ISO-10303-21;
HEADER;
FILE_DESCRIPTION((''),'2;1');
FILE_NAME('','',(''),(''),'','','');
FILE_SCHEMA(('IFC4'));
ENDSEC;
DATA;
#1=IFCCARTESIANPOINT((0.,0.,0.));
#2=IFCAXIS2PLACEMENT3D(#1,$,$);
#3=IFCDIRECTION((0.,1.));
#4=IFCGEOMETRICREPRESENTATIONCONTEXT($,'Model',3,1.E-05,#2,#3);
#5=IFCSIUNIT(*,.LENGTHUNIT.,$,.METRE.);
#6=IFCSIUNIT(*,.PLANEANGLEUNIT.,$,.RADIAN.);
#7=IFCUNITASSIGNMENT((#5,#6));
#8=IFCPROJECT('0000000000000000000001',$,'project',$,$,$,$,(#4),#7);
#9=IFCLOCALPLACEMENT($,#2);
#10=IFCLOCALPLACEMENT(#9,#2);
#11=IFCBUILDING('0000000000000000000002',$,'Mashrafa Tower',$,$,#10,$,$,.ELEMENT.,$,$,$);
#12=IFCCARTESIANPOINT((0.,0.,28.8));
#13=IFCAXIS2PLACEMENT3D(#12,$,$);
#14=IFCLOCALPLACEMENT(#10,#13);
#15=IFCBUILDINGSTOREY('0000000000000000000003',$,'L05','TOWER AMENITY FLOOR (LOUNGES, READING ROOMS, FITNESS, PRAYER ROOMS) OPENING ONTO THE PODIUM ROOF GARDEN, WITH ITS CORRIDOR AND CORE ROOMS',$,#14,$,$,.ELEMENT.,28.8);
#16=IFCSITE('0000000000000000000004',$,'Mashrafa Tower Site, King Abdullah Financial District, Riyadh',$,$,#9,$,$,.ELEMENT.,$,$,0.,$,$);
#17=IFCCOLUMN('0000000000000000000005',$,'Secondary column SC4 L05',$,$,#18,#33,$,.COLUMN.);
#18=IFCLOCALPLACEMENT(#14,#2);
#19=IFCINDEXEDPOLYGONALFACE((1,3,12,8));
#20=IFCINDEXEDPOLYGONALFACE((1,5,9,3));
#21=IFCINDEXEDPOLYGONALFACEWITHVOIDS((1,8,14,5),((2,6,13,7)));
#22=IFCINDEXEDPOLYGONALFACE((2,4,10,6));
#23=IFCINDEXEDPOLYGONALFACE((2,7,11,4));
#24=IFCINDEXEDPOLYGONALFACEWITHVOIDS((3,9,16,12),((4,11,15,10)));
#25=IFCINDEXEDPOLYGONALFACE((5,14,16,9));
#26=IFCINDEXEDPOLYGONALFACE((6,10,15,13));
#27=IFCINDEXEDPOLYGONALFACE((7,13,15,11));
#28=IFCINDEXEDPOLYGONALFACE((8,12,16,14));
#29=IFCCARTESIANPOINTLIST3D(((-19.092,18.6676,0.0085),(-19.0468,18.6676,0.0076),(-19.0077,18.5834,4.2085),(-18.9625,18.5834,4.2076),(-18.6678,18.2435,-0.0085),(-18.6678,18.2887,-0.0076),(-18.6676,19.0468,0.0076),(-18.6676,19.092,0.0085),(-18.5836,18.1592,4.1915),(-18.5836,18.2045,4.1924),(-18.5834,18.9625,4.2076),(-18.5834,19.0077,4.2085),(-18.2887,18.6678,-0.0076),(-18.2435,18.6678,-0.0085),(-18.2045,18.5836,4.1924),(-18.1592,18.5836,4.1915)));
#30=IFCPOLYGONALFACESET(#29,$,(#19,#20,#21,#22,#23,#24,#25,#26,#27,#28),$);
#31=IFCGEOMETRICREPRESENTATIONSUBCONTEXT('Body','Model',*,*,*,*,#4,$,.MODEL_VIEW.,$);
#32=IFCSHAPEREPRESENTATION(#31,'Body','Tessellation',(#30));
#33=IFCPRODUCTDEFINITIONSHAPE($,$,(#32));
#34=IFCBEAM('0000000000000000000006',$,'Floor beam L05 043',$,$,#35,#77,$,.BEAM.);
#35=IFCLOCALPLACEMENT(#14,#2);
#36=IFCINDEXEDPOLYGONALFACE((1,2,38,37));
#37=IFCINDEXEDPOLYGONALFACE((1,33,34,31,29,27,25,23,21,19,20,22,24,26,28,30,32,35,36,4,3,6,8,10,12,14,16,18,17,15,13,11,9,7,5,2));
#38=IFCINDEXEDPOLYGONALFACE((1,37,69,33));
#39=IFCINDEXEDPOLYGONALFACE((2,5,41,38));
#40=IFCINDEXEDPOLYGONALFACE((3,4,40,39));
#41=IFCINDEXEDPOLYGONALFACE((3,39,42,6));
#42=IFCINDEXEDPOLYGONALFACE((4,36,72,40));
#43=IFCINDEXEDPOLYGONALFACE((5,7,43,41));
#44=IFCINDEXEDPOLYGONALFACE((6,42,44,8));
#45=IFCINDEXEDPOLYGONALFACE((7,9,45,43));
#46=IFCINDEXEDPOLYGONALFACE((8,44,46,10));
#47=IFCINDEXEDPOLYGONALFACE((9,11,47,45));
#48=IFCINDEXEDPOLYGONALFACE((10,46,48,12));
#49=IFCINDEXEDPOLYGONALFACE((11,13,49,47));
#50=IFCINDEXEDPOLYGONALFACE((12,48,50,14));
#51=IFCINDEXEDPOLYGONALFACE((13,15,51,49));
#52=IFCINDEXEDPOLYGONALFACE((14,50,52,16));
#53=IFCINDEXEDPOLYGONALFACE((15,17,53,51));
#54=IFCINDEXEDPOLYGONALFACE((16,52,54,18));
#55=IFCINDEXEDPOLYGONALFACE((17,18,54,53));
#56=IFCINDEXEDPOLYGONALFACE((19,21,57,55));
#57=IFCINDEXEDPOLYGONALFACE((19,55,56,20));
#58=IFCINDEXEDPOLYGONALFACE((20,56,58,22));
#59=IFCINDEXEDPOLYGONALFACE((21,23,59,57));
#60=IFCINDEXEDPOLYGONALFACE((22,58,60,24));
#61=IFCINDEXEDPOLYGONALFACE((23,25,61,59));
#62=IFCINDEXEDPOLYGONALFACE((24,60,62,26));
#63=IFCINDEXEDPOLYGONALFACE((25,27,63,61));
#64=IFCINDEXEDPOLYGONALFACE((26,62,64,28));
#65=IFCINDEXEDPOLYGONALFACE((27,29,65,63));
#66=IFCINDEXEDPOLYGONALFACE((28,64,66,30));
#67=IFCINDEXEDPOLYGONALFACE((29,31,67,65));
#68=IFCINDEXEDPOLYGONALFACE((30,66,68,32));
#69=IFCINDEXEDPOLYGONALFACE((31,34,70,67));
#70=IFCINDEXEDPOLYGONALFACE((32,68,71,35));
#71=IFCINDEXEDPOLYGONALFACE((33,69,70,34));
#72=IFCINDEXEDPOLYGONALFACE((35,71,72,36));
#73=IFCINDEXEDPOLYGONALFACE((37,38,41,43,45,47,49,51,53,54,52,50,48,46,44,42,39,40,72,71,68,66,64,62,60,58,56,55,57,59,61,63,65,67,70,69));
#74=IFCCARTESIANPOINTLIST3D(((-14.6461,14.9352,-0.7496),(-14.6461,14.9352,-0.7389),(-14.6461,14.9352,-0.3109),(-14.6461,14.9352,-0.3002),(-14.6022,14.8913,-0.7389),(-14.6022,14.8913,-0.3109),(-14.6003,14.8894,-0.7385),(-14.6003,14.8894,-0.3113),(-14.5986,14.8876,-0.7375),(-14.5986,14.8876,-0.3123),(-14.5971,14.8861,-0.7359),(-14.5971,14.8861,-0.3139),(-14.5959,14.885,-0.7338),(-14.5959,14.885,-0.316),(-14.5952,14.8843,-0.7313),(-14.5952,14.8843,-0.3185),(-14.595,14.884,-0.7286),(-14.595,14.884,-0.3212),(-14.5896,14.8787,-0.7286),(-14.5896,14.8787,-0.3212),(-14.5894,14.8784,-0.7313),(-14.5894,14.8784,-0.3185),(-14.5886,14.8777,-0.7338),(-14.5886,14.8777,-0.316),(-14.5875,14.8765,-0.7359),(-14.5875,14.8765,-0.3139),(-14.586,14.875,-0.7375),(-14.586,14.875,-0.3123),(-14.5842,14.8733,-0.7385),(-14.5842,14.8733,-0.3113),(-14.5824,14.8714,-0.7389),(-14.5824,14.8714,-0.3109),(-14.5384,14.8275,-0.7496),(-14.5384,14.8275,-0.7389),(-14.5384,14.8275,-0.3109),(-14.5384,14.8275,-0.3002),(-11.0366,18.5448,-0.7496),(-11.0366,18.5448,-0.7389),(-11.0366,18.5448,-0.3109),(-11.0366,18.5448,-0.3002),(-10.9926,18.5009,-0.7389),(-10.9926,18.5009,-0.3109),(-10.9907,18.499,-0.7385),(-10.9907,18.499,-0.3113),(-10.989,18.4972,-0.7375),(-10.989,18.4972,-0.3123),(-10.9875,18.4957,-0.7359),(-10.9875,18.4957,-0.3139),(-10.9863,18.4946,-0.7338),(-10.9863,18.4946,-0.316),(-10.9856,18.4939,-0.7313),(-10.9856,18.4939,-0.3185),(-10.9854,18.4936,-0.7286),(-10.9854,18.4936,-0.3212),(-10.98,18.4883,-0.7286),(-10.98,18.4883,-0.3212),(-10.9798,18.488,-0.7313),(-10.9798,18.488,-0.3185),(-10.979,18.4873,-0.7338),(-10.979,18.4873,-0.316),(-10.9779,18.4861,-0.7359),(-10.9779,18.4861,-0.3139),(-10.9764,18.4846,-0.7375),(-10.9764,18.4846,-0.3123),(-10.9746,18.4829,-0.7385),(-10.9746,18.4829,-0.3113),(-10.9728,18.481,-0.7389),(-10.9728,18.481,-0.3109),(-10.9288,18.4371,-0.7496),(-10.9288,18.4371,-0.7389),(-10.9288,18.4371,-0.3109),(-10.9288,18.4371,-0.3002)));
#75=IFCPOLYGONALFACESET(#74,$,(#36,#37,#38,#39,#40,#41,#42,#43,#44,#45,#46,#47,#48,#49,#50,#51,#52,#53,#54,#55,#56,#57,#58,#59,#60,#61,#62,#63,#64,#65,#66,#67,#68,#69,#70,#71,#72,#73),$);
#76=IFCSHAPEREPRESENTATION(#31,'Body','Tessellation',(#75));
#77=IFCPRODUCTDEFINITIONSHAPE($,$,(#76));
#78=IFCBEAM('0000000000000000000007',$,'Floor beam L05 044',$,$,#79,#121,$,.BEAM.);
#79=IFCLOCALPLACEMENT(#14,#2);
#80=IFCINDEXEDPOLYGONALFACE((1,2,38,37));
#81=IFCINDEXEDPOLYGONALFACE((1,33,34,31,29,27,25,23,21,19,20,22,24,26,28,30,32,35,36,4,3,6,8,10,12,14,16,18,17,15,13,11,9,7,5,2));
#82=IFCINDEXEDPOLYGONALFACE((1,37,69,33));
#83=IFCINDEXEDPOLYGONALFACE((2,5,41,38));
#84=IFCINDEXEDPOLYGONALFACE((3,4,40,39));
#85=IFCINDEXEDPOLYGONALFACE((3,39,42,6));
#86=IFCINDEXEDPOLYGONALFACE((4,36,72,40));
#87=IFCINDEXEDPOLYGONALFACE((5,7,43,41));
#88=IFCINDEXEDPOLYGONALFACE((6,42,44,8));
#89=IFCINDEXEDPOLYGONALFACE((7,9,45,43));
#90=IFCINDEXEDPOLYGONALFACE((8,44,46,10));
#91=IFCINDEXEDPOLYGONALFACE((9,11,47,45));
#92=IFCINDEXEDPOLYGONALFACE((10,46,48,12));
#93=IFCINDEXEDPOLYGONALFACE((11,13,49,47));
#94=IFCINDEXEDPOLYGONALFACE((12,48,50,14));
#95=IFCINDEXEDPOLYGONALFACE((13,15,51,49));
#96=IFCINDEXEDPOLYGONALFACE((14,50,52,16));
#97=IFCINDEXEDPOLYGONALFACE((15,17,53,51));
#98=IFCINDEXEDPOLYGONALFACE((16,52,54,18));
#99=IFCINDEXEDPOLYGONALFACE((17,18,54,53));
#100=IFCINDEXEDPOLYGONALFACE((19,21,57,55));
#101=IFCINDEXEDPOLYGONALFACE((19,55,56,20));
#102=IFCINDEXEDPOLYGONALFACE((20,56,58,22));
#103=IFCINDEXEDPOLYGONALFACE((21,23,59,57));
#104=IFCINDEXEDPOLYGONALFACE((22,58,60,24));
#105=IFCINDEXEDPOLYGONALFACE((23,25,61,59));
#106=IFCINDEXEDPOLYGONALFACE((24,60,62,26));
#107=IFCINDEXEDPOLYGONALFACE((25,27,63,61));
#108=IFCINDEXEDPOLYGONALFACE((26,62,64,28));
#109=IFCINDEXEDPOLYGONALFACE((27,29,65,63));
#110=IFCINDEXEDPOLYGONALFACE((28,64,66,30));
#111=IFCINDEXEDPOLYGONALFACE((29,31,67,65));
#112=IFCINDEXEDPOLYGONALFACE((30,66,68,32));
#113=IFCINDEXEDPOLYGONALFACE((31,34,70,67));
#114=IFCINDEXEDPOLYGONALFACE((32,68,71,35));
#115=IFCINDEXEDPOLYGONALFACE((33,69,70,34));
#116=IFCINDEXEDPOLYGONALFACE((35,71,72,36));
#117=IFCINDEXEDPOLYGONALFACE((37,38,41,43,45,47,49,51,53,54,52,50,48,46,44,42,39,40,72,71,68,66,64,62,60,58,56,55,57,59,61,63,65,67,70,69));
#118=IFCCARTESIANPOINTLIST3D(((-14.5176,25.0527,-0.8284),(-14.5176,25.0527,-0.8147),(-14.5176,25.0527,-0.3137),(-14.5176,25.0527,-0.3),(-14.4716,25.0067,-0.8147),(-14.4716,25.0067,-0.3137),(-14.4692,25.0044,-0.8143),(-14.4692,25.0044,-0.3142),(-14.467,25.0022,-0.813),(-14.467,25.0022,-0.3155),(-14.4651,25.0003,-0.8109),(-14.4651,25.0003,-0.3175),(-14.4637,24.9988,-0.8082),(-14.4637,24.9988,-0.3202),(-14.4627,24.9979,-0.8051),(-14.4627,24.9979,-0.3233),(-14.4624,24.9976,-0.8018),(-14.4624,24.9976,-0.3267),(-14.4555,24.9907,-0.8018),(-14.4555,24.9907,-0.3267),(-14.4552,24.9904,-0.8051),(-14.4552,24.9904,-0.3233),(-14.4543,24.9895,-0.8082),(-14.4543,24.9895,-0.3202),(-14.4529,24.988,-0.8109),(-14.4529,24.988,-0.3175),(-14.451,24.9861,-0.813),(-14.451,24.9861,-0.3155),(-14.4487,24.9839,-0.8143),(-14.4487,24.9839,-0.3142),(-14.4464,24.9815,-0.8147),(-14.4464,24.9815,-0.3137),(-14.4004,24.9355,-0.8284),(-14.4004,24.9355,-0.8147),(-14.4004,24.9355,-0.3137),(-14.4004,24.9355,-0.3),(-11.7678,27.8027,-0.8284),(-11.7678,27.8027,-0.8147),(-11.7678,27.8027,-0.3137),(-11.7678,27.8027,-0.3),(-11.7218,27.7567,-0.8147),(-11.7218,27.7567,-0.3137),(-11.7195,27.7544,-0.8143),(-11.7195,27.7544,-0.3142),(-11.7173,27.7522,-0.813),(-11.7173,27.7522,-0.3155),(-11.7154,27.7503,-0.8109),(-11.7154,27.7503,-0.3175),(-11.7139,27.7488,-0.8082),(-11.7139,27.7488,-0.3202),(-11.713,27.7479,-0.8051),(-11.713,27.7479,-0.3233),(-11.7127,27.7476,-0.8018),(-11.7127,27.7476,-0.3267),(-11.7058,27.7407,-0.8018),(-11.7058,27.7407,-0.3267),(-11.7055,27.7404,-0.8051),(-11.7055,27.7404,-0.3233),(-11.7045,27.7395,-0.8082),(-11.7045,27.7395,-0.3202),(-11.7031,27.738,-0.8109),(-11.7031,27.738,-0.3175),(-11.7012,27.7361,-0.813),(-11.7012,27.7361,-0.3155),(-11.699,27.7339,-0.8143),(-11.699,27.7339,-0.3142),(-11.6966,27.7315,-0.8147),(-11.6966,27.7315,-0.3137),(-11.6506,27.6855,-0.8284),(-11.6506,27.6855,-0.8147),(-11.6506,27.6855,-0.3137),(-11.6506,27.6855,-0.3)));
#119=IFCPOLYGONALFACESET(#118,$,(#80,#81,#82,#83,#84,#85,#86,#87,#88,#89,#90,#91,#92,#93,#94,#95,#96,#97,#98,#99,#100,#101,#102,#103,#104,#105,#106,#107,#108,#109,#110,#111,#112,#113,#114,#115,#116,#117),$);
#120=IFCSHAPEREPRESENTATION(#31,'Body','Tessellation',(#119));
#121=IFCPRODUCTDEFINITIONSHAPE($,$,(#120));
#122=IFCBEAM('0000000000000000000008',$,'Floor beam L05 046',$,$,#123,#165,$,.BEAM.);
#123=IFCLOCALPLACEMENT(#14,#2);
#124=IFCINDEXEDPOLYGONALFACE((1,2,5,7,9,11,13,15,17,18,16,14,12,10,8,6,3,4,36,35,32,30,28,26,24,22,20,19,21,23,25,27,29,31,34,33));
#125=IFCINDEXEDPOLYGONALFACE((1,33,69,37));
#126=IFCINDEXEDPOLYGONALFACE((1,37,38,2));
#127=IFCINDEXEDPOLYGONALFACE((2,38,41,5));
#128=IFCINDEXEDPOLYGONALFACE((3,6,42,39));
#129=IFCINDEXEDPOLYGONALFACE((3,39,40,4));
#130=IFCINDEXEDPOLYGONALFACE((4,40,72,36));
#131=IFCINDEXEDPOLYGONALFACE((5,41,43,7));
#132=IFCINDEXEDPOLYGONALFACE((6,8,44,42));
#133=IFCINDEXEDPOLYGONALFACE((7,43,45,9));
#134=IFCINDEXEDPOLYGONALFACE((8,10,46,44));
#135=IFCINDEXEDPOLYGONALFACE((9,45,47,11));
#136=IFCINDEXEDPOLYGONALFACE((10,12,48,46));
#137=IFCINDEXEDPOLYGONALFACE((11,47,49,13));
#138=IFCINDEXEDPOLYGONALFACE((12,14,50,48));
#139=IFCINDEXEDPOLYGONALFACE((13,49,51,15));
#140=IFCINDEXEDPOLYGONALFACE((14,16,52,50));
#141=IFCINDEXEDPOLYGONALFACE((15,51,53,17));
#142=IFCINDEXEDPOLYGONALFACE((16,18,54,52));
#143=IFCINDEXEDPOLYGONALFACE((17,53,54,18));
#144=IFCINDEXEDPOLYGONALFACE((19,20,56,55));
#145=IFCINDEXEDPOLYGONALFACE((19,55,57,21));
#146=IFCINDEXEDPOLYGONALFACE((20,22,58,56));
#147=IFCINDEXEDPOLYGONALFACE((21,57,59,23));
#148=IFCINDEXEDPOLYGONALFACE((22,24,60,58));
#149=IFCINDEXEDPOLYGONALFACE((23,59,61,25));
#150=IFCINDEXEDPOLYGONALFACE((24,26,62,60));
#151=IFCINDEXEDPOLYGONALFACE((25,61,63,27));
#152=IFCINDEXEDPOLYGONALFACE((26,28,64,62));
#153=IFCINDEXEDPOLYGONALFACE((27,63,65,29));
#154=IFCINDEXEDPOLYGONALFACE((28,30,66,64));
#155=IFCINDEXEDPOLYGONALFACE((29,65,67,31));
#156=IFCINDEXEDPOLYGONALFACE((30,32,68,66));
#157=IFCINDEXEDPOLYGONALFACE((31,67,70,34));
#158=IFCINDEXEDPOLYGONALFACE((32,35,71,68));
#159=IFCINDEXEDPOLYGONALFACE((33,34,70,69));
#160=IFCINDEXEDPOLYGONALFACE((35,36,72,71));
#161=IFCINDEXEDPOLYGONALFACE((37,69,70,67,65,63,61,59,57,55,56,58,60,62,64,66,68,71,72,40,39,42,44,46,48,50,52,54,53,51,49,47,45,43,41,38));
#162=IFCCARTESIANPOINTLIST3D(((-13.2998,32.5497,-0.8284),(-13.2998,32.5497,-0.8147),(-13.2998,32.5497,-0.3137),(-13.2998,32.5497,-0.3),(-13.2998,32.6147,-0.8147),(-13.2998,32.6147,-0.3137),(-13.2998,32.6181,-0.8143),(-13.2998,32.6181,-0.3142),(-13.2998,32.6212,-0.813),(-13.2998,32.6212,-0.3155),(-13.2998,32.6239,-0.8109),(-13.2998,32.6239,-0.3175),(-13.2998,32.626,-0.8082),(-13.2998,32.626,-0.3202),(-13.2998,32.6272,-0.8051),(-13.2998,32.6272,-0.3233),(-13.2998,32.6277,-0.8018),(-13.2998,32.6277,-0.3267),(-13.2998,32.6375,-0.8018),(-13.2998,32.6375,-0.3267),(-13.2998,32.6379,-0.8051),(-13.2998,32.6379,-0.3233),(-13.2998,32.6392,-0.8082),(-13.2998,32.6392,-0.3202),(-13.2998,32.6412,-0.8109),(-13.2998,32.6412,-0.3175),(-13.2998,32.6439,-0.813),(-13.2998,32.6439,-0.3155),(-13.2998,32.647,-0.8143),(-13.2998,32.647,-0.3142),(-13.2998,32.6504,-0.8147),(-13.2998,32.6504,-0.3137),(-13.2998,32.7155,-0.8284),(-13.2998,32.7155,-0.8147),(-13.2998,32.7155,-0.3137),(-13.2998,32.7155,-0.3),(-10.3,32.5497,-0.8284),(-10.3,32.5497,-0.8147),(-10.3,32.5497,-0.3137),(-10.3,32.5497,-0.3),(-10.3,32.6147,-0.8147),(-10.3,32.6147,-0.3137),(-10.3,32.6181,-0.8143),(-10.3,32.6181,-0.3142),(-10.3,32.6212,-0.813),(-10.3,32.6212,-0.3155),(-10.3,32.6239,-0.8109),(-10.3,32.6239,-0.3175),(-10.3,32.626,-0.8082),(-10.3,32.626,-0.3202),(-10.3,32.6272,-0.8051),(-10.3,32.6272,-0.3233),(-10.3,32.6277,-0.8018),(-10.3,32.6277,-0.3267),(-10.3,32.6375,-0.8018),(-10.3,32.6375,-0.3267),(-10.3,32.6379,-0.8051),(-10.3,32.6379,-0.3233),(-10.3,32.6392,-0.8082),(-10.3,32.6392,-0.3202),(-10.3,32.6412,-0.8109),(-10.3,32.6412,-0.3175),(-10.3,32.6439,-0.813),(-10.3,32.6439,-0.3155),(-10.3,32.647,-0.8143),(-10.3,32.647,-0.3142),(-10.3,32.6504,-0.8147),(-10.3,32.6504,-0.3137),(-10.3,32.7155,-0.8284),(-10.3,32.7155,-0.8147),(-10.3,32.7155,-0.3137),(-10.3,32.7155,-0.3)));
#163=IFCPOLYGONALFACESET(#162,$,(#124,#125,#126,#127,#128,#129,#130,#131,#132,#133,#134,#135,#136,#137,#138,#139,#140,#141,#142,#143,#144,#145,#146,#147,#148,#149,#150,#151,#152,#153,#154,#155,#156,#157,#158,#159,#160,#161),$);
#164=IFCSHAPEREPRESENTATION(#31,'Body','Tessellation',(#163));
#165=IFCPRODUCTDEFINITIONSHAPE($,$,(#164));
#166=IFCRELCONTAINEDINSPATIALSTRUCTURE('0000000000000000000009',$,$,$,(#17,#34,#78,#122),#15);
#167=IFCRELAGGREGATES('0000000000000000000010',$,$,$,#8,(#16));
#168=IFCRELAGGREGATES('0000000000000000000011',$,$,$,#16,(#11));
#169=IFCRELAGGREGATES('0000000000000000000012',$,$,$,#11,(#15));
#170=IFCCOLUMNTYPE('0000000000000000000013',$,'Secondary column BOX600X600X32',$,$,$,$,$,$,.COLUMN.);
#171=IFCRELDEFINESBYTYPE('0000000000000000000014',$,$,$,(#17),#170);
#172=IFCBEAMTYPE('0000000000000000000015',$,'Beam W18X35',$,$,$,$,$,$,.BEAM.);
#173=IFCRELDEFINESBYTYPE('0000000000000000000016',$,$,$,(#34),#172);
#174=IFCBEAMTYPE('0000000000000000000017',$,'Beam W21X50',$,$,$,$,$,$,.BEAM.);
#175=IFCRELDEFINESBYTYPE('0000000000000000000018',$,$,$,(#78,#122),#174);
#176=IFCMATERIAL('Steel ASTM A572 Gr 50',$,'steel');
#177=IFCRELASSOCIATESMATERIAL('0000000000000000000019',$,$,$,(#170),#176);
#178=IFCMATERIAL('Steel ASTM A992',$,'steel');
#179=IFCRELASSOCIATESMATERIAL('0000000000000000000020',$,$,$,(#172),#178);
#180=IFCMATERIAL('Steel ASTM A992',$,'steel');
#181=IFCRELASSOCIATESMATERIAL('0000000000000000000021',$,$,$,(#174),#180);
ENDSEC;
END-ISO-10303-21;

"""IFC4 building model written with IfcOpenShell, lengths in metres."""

from ifc_helpers import new_model, si_unit, direction, frame, origin, origin_2d, place, context, subcontext, project, spatial, hollow_rectangle, i_section, extrude, material, material_profile, profile_set, type_object, element, save


model = new_model("IFC4")

# Units and contexts
model_context = context("Model", 3, precision=1e-05, world=origin(), true_north=direction((0.0, 1.0)))
body_context = subcontext(model_context, "Body", "Model", "MODEL_VIEW")
ifc_project = project(units=[si_unit("LENGTHUNIT", "METRE"), si_unit("PLANEANGLEUNIT", "RADIAN")], contexts=[model_context])

# Site, building, storey
site_placement = place(None, origin())
site = spatial("IfcSite", under=ifc_project, at=site_placement, Name="Mashrafa Tower Site, King Abdullah Financial District, Riyadh", CompositionType="ELEMENT", RefElevation=0.0)
building_placement = place(site_placement, origin())
building = spatial("IfcBuilding", under=site, at=building_placement, Name="Mashrafa Tower", CompositionType="ELEMENT")
storey_placement = place(building_placement, frame((0.0, 0.0, 28.8)))
storey = spatial("IfcBuildingStorey", under=building, at=storey_placement, Name="L05", Description="TOWER AMENITY FLOOR (LOUNGES, READING ROOMS, FITNESS, PRAYER ROOMS) OPENING ONTO THE PODIUM ROOF GARDEN, WITH ITS CORRIDOR AND CORE ROOMS", CompositionType="ELEMENT", Elevation=28.8)

# Column
ifc_material_1 = material(Name="Steel ASTM A572 Gr 50", Category="steel")
ifc_material_profile_1 = material_profile(ifc_material_1, hollow_rectangle(XDim=0.6001, YDim=0.6001, WallThickness=0.032, at=origin_2d()), Name="BOX600X600X32")
ifc_profile_set_1 = profile_set([ifc_material_profile_1], Name="Steel ASTM A572 Gr 50")
column_type = type_object("IfcColumnType", Name="Secondary column BOX600X600X32", PredefinedType="COLUMN", material=ifc_profile_set_1)
column_placement = place(storey_placement, frame((-18.6677, 18.6677, 0.0), z_axis=(0.020047, -0.020047, 0.999598), x_axis=(0.707107, 0.707107, 0.0)))
element("IfcColumn", 1, at=column_placement, inside=storey, type_object=column_type, Name="Secondary column SC4 L05", PredefinedType="COLUMN", context=body_context, shape_type="SweptSolid", body=[
    extrude(hollow_rectangle(XDim=0.6001, YDim=0.6001, WallThickness=0.032, at=origin_2d()), origin(), (0.0, 0.0, 1.0), 4.2017),
])

# Beams
ifc_material_2 = material(Name="Steel ASTM A992", Category="steel")
ifc_material_profile_2 = material_profile(ifc_material_2, i_section(OverallWidth=0.1523, OverallDepth=0.4495, WebThickness=0.0076, FlangeThickness=0.0107, FilletRadius=0.0103, at=origin_2d()), Name="W18X35")
ifc_profile_set_2 = profile_set([ifc_material_profile_2], Name="Steel ASTM A992")
beam_type_1 = type_object("IfcBeamType", Name="Beam W18X35", PredefinedType="BEAM", material=ifc_profile_set_2)
beam_1_placement = place(storey_placement, frame((-14.5923, 14.8813, -0.5249), z_axis=(0.707107, 0.707107, 0.0), x_axis=(-0.707107, 0.707107, 0.0)))
element("IfcBeam", 2, at=beam_1_placement, inside=storey, type_object=beam_type_1, Name="Floor beam L05 043", PredefinedType="BEAM", context=body_context, shape_type="SweptSolid", body=[
    extrude(i_section(OverallWidth=0.1523, OverallDepth=0.4495, WebThickness=0.0076, FlangeThickness=0.0107, FilletRadius=0.0103, at=origin_2d()), origin(), (0.0, 0.0, 1.0), 5.1047),
])
ifc_material_3 = material(Name="Steel ASTM A992", Category="steel")
ifc_material_profile_3 = material_profile(ifc_material_3, i_section(OverallWidth=0.1658, OverallDepth=0.5283, WebThickness=0.0098, FlangeThickness=0.0137, FilletRadius=0.0129, at=origin_2d()), Name="W21X50")
ifc_profile_set_3 = profile_set([ifc_material_profile_3], Name="Steel ASTM A992")
beam_type_2 = type_object("IfcBeamType", Name="Beam W21X50", PredefinedType="BEAM", material=ifc_profile_set_3)
beam_2_placement = place(storey_placement, frame((-14.459, 24.9941, -0.5642), z_axis=(0.707075, 0.707138, 0.0), x_axis=(-0.707138, 0.707075, 0.0)))
element("IfcBeam", 3, at=beam_2_placement, inside=storey, type_object=beam_type_2, Name="Floor beam L05 044", PredefinedType="BEAM", context=body_context, shape_type="SweptSolid", body=[
    extrude(i_section(OverallWidth=0.1658, OverallDepth=0.5283, WebThickness=0.0098, FlangeThickness=0.0137, FilletRadius=0.0129, at=origin_2d()), origin(), (0.0, 0.0, 1.0), 3.8889),
])
beam_3_placement = place(storey_placement, frame((-13.2998, 32.6326, -0.5642), z_axis=(1.0, 0.0, 0.0), x_axis=(0.0, 1.0, 0.0)))
element("IfcBeam", 4, at=beam_3_placement, inside=storey, type_object=beam_type_2, Name="Floor beam L05 046", PredefinedType="BEAM", context=body_context, shape_type="SweptSolid", body=[
    extrude(i_section(OverallWidth=0.1658, OverallDepth=0.5283, WebThickness=0.0098, FlangeThickness=0.0137, FilletRadius=0.0129, at=origin_2d()), origin(), (0.0, 0.0, 1.0), 2.9998),
])

save(model, "model.ifc")
